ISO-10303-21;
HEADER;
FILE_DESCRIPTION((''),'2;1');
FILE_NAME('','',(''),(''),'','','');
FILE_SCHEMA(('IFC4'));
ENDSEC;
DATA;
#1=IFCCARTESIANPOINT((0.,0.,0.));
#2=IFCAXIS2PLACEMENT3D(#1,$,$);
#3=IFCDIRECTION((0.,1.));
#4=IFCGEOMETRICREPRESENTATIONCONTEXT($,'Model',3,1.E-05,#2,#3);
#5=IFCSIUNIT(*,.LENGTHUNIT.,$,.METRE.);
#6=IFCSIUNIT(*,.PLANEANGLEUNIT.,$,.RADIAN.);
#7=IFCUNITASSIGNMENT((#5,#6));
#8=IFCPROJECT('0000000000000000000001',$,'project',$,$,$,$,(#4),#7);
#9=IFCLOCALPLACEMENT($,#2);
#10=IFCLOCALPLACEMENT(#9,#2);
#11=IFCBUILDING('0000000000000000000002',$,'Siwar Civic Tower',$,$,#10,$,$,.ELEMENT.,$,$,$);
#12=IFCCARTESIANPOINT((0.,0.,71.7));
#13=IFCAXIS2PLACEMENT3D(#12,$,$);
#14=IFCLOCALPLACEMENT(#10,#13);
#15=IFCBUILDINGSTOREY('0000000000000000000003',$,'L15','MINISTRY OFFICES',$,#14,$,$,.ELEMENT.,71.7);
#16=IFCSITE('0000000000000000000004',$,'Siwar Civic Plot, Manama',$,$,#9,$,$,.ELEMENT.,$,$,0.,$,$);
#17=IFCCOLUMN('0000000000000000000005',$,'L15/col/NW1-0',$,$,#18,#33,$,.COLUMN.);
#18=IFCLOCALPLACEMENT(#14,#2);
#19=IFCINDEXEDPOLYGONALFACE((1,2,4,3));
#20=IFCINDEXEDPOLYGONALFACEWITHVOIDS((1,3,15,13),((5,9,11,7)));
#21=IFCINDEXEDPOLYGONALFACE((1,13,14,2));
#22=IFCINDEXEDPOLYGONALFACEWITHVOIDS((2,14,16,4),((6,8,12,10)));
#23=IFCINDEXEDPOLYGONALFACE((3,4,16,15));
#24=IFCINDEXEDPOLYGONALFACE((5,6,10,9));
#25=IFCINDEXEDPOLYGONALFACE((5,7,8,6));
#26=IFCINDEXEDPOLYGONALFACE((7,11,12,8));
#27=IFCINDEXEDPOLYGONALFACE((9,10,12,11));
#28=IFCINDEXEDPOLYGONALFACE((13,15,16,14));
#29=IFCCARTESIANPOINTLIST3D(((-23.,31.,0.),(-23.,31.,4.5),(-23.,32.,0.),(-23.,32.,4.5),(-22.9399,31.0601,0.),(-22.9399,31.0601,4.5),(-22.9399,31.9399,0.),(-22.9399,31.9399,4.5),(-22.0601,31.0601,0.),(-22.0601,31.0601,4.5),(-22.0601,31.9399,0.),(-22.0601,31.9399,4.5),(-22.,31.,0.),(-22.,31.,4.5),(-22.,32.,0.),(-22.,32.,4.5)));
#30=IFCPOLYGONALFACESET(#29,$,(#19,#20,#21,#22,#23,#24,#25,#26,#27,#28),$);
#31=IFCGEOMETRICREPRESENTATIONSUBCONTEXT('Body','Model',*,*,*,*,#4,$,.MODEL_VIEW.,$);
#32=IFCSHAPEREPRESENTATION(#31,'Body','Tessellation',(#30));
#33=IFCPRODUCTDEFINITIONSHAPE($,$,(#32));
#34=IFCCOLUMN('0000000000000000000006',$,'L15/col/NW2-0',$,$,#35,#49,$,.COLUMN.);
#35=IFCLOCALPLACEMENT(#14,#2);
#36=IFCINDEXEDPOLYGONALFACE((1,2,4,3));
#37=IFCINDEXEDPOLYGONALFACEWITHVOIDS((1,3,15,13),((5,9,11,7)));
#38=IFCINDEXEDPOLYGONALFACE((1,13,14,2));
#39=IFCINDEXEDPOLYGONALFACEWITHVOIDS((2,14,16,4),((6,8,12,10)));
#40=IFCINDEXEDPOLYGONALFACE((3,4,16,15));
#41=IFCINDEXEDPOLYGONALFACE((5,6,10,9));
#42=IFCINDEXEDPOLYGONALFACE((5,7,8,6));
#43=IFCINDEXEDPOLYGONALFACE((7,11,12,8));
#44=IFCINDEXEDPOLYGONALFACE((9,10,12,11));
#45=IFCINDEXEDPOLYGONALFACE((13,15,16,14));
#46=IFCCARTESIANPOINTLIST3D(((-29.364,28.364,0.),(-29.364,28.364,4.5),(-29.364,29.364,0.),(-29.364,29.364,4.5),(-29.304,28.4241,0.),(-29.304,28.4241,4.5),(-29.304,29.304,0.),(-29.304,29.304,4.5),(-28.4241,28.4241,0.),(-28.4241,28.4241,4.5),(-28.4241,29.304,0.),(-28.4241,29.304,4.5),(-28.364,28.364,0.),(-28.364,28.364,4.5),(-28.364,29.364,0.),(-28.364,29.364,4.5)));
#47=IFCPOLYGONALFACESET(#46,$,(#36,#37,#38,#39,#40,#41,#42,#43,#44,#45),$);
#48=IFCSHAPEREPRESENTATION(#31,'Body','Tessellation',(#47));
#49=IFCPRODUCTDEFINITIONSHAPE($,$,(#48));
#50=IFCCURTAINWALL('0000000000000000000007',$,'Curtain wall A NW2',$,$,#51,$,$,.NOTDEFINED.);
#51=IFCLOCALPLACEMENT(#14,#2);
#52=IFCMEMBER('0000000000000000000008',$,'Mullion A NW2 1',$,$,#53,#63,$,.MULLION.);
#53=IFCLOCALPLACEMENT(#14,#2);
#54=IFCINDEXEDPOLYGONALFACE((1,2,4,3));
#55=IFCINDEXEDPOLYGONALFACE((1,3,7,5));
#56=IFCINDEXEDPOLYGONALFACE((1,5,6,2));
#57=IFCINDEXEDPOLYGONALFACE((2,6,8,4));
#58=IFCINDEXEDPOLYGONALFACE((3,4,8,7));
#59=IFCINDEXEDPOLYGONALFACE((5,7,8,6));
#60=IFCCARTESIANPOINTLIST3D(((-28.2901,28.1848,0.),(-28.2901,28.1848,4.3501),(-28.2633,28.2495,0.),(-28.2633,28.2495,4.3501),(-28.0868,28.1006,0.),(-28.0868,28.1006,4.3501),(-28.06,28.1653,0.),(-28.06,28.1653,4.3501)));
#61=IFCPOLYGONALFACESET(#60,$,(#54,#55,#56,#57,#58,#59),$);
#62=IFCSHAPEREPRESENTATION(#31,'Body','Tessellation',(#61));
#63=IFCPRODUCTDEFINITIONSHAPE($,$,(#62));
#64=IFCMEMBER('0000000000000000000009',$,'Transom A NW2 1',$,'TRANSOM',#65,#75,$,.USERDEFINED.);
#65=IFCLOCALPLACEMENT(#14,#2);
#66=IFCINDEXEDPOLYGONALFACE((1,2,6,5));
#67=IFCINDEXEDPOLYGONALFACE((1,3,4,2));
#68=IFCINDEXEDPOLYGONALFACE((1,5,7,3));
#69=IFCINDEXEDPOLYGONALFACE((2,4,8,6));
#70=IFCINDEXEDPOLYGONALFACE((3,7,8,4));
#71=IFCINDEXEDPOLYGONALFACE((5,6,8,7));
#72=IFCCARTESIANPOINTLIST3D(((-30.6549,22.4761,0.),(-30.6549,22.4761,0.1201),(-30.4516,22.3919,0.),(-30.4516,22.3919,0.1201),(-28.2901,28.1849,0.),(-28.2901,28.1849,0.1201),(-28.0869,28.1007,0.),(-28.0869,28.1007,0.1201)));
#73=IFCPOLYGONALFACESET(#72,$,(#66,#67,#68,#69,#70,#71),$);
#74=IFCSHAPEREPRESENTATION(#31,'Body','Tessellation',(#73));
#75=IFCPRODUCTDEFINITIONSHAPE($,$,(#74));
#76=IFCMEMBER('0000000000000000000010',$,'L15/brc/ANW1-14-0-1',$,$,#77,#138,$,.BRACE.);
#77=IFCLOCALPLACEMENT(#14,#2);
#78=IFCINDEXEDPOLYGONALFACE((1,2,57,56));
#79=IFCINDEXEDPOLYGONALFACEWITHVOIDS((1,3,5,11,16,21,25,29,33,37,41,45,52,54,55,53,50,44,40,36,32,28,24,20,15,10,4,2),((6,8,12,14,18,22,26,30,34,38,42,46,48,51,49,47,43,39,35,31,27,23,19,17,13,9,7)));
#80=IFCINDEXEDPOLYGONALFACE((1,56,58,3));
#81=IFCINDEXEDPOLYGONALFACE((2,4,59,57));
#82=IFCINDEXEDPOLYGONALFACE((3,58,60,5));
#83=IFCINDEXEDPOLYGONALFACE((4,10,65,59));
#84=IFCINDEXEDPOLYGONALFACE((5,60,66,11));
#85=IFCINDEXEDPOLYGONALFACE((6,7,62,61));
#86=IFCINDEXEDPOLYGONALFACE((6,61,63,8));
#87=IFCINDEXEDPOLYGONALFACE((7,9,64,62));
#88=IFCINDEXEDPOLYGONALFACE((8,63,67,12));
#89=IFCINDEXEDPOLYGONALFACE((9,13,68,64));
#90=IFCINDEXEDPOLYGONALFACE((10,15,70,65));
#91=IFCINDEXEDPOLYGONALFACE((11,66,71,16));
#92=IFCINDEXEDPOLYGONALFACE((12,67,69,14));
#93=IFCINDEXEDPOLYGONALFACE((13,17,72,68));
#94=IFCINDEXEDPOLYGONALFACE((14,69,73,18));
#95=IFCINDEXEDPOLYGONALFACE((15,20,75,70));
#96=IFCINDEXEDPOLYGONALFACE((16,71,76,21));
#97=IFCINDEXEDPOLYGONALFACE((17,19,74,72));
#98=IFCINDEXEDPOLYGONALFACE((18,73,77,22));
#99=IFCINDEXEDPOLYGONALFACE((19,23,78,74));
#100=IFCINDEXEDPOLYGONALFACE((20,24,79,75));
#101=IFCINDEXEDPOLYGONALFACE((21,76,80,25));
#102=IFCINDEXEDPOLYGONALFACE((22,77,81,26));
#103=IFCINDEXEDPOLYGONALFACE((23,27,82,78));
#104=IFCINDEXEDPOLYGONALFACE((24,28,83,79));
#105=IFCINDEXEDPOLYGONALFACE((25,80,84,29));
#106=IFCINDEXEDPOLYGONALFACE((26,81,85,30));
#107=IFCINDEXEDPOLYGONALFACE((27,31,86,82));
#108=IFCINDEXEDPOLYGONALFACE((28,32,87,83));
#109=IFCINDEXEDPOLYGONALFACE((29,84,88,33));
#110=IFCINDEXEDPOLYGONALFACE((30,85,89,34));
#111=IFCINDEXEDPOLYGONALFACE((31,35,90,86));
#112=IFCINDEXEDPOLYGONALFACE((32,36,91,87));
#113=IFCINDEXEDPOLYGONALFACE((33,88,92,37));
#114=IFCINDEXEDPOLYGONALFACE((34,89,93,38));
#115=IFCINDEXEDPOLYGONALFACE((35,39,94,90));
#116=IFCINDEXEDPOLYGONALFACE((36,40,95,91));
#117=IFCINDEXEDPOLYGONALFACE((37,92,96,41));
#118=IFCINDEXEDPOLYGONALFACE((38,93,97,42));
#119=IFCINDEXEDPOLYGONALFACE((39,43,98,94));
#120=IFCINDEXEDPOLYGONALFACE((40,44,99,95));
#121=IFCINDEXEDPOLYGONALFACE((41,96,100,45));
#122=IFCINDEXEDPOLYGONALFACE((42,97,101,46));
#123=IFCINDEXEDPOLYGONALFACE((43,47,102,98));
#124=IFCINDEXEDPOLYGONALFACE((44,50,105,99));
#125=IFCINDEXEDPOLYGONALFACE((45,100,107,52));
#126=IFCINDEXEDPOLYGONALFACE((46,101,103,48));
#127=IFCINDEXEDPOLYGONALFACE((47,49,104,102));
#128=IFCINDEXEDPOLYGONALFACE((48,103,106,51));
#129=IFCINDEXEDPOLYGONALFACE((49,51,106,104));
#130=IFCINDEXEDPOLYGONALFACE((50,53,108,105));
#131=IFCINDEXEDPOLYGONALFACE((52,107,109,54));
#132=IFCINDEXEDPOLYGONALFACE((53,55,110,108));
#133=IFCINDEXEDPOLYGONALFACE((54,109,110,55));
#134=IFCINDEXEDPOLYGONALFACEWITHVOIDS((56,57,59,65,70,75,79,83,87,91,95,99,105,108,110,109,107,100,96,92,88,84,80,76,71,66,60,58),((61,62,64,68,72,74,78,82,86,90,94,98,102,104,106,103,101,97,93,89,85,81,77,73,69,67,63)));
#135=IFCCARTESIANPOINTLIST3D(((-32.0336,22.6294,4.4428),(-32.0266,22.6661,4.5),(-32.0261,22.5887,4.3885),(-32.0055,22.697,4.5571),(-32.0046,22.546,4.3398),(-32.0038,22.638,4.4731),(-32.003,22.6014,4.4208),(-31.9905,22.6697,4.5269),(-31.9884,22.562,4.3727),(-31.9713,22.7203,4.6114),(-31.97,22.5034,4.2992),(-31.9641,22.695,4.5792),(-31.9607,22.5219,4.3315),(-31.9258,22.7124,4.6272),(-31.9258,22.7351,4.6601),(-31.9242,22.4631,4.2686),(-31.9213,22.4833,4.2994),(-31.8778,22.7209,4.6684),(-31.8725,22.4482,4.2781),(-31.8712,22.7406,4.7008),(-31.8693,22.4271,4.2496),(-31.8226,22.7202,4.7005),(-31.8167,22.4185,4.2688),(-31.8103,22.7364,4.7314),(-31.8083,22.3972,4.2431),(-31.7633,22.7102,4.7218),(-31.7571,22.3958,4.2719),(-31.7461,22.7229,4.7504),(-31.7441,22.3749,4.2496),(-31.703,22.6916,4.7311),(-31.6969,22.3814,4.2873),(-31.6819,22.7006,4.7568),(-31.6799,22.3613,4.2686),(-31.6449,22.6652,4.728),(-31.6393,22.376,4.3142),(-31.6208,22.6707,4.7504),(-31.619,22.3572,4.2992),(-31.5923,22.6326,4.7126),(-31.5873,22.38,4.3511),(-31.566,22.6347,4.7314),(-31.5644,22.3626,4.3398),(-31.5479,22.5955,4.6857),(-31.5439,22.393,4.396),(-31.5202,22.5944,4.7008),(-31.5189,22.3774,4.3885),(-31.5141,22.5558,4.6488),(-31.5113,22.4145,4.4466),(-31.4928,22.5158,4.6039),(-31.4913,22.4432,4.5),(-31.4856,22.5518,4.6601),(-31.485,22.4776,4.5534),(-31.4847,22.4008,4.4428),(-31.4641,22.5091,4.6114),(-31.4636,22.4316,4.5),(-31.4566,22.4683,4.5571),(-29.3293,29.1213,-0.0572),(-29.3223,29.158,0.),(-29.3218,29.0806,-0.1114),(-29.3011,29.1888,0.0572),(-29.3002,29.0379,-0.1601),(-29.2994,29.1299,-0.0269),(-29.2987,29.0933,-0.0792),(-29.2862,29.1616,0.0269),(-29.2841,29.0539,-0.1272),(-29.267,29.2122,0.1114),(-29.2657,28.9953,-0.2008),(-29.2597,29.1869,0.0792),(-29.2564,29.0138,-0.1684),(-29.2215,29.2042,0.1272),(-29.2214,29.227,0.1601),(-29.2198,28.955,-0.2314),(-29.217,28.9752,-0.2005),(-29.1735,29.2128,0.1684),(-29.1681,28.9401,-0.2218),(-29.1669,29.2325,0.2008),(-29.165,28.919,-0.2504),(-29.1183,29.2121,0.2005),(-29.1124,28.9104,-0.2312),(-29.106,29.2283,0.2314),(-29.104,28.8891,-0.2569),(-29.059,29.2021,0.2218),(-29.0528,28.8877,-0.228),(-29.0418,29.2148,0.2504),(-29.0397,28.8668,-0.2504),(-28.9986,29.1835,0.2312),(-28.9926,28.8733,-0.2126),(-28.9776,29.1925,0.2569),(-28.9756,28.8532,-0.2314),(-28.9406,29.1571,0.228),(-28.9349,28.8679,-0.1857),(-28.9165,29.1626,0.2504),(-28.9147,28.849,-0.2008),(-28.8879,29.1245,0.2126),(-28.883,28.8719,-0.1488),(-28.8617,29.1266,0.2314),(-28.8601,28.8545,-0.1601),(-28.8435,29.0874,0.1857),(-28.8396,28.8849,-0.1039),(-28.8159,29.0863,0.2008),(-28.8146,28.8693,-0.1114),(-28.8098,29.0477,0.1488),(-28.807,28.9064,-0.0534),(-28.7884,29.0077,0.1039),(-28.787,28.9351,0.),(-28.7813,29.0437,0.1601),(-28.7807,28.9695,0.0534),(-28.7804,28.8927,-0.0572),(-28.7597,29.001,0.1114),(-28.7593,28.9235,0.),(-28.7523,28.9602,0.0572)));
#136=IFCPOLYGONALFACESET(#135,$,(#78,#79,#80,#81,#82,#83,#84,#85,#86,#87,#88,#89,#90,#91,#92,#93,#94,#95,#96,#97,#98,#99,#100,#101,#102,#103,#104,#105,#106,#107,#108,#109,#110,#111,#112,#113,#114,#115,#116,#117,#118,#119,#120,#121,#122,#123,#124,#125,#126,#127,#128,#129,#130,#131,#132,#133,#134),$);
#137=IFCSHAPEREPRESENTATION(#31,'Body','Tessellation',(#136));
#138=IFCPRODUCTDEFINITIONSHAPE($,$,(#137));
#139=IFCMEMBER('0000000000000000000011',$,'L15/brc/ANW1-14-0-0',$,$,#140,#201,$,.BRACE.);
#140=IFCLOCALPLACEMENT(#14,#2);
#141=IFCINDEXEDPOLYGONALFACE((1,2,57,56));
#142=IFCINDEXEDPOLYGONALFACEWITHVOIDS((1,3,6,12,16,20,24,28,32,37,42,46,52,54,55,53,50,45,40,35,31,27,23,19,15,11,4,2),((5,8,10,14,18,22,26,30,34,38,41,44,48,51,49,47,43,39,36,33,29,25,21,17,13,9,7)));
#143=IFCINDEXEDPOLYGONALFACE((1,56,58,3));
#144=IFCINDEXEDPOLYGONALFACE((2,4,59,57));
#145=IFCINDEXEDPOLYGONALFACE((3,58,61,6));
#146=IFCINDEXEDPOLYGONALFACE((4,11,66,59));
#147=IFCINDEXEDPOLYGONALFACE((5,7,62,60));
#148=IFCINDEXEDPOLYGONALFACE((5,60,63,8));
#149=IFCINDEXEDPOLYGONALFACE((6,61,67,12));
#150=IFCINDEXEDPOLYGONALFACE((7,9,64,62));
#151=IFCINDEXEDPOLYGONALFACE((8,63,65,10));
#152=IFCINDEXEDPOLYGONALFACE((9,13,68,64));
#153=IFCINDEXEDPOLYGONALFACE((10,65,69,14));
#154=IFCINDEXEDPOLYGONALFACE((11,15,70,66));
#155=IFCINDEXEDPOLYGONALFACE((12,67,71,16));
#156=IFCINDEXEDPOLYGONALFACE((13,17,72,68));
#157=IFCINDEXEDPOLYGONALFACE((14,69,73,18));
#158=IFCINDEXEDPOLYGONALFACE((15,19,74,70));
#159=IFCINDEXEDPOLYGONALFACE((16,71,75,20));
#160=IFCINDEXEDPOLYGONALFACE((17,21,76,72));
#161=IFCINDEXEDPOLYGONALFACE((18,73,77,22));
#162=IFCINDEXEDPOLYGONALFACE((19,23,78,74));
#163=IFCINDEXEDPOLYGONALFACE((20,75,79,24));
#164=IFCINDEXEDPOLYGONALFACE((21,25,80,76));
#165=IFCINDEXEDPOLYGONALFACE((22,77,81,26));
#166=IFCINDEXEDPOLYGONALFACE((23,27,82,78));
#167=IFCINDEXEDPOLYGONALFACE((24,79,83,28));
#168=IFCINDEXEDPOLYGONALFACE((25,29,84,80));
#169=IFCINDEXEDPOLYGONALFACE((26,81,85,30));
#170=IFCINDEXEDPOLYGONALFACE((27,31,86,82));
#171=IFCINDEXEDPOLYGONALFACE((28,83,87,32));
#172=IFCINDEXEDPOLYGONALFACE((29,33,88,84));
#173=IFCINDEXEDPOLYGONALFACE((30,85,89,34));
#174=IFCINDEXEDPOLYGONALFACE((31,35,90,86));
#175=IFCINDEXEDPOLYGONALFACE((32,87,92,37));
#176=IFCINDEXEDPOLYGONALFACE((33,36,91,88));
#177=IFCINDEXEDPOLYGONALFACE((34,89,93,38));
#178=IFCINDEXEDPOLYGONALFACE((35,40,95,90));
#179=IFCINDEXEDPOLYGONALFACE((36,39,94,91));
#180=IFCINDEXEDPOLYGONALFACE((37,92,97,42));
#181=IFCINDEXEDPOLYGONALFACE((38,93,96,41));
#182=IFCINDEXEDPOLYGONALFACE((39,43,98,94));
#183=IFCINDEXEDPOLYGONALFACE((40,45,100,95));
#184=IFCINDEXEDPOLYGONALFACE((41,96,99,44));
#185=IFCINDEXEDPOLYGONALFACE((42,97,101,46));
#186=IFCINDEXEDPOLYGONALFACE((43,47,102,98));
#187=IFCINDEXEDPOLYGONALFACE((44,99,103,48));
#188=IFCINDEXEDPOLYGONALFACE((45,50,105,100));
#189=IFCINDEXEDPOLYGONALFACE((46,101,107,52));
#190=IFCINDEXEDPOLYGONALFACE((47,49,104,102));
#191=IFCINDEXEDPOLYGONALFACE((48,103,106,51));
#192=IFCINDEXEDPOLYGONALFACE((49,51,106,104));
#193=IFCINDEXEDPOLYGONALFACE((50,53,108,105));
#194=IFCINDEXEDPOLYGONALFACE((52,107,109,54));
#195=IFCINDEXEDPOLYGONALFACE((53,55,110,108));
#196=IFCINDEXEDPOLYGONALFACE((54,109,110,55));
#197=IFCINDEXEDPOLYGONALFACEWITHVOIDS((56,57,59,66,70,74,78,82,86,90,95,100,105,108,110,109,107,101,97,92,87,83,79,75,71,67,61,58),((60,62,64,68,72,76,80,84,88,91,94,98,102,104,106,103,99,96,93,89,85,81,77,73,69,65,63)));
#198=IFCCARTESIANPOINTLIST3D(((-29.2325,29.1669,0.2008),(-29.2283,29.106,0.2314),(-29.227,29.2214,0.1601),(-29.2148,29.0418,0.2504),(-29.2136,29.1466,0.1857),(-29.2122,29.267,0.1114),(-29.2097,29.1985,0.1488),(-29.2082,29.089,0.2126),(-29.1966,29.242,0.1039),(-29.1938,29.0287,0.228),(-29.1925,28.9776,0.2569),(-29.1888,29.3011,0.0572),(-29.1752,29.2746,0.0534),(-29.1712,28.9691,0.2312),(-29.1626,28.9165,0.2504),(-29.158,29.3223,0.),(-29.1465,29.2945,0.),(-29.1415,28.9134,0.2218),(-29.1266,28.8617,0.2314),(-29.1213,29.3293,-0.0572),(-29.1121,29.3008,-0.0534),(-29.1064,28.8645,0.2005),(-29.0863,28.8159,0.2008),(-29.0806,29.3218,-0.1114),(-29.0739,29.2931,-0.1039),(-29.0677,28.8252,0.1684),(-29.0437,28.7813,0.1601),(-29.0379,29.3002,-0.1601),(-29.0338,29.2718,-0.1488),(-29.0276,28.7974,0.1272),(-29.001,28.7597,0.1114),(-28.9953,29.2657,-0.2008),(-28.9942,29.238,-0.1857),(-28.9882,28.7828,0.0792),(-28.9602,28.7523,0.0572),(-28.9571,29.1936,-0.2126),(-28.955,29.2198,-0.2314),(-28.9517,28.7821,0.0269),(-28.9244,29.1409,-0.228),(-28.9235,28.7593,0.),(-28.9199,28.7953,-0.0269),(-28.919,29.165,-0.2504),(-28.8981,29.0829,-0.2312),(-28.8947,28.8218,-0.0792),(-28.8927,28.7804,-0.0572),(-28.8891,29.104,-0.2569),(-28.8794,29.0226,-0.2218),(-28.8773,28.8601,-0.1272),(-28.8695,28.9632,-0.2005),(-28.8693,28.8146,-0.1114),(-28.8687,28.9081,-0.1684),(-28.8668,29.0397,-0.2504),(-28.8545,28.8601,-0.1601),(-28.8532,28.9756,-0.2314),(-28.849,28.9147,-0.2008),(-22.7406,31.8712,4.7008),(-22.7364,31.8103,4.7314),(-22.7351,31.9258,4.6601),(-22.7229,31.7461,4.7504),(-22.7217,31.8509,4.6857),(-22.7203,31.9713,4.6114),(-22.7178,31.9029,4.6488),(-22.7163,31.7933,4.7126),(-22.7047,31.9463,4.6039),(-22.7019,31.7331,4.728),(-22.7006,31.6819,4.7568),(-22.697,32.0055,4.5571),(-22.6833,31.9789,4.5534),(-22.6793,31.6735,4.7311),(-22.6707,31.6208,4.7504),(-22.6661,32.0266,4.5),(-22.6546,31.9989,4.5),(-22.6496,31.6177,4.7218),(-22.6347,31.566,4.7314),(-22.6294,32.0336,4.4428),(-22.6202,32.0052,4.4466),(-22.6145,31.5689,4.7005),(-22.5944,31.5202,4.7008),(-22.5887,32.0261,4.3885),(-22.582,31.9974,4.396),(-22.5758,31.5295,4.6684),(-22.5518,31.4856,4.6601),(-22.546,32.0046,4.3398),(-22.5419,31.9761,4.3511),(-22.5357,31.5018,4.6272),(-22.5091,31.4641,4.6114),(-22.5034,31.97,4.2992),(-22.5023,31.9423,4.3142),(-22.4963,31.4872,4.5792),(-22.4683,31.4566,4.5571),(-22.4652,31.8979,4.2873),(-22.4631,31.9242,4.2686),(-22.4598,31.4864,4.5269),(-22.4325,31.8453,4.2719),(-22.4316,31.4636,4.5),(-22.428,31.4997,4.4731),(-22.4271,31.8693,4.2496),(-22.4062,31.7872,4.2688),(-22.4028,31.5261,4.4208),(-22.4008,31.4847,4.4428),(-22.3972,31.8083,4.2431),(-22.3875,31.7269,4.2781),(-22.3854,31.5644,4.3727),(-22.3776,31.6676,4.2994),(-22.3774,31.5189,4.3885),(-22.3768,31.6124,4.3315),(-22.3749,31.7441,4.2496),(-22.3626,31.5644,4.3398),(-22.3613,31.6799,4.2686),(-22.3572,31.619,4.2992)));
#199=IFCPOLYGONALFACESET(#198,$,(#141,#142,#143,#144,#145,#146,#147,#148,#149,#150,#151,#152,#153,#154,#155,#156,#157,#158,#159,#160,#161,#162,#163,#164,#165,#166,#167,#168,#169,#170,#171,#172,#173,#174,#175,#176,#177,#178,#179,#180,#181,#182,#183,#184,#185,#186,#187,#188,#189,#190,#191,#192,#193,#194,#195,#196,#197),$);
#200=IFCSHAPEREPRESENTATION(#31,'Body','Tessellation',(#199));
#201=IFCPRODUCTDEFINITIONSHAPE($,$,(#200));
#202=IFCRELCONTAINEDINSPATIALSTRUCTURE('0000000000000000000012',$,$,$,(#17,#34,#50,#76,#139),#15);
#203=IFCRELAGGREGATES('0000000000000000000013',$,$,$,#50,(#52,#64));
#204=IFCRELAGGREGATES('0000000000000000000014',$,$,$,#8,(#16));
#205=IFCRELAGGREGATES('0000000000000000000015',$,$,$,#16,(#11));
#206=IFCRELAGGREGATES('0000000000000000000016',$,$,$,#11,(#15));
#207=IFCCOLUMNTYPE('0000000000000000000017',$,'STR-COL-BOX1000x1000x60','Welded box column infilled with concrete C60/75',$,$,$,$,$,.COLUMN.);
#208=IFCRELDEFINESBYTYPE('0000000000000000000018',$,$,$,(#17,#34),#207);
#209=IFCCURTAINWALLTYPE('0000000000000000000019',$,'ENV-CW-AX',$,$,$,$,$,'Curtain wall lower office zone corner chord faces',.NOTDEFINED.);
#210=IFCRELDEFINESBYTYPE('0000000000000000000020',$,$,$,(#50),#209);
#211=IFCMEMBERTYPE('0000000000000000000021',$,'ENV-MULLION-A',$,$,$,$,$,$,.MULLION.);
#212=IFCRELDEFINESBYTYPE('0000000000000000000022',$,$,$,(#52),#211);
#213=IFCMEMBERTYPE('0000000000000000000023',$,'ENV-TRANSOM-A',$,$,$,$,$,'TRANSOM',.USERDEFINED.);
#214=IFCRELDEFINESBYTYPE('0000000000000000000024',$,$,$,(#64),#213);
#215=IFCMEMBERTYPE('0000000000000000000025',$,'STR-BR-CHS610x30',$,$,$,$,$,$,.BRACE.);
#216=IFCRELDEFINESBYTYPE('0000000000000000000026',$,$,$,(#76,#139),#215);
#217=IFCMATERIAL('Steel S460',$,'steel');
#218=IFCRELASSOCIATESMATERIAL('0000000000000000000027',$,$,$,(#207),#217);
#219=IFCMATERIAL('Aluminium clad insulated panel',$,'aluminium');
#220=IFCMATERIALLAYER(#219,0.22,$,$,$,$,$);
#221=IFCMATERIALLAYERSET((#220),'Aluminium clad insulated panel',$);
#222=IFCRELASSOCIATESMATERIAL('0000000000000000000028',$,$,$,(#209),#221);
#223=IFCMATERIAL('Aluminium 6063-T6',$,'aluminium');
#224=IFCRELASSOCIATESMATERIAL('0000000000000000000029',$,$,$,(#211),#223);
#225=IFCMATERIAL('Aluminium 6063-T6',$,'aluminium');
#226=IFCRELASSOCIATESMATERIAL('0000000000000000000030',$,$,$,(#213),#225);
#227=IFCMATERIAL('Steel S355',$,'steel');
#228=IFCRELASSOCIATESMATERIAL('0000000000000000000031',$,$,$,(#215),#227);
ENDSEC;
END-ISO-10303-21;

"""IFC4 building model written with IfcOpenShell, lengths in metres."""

from ifc_helpers import new_model, si_unit, direction, frame, origin, origin_2d, place, context, subcontext, project, spatial, rectangle, hollow_rectangle, hollow_circle, extrude, material, layer, layer_set, material_profile, profile_set, type_object, element, aggregate, save


model = new_model("IFC4")

# Units and contexts
model_context = context("Model", 3, precision=1e-05, world=origin(), true_north=direction((0.0, 1.0)))
body_context = subcontext(model_context, "Body", "Model", "MODEL_VIEW")
ifc_project = project(units=[si_unit("LENGTHUNIT", "METRE"), si_unit("PLANEANGLEUNIT", "RADIAN")], contexts=[model_context])

# Site, building, storey
site_placement = place(None, origin())
site = spatial("IfcSite", under=ifc_project, at=site_placement, Name="Siwar Civic Plot, Manama", CompositionType="ELEMENT", RefElevation=0.0)
building_placement = place(site_placement, origin())
building = spatial("IfcBuilding", under=site, at=building_placement, Name="Siwar Civic Tower", CompositionType="ELEMENT")
storey_placement = place(building_placement, frame((0.0, 0.0, 71.7)))
storey = spatial("IfcBuildingStorey", under=building, at=storey_placement, Name="L15", Description="MINISTRY OFFICES", CompositionType="ELEMENT", Elevation=71.7)

# Columns
ifc_material_1 = material(Name="Steel S460", Category="steel")
ifc_material_profile_1 = material_profile(ifc_material_1, hollow_rectangle(XDim=1.0, YDim=1.0, WallThickness=0.0601, at=origin_2d()), Name="BOX1000x1000x60")
ifc_profile_set_1 = profile_set([ifc_material_profile_1], Name="Steel S460")
column_type = type_object("IfcColumnType", Name="STR-COL-BOX1000x1000x60", Description="Welded box column infilled with concrete C60/75", PredefinedType="COLUMN", material=ifc_profile_set_1)
for number, where, z_axis, x_axis, name in (
    (1, (-22.5, 31.5, 0.0), (0.0, 0.0, 1.0), (1.0, 0.0, 0.0), "L15/col/NW1-0"),
    (2, (-28.864, 28.864, 0.0), (0.0, 0.0, 1.0), (1.0, 0.0, 0.0), "L15/col/NW2-0"),
):
    element("IfcColumn", number, at=place(storey_placement, frame(where, z_axis=z_axis, x_axis=x_axis)), inside=storey, type_object=column_type, Name=name, PredefinedType="COLUMN", context=body_context, shape_type="SweptSolid", body=[
        extrude(hollow_rectangle(XDim=1.0, YDim=1.0, WallThickness=0.0601, at=origin_2d()), origin(), (0.0, 0.0, 1.0), 4.5),
    ])

# Curtain wall, members
ifc_material_2 = material(Name="Aluminium clad insulated panel", Category="aluminium")
ifc_layer_1 = layer(ifc_material_2, 0.22)
ifc_layer_set_1 = layer_set([ifc_layer_1], Name="Aluminium clad insulated panel")
curtain_wall_type = type_object("IfcCurtainWallType", Name="ENV-CW-AX", ElementType="Curtain wall lower office zone corner chord faces", PredefinedType="NOTDEFINED", material=ifc_layer_set_1)
curtain_wall_1_placement = place(storey_placement, origin())
curtain_wall_1 = element("IfcCurtainWall", 3, at=curtain_wall_1_placement, inside=storey, type_object=curtain_wall_type, Name="Curtain wall A NW2", PredefinedType="NOTDEFINED")
ifc_material_3 = material(Name="Aluminium 6063-T6", Category="aluminium")
ifc_material_profile_2 = material_profile(ifc_material_3, rectangle(XDim=0.22, YDim=0.0701, at=origin_2d()), Name="AL 220x70")
ifc_profile_set_2 = profile_set([ifc_material_profile_2], Name="Aluminium 6063-T6")
member_type_1 = type_object("IfcMemberType", Name="ENV-MULLION-A", PredefinedType="MULLION", material=ifc_profile_set_2)
member_1_placement = place(storey_placement, frame((-28.175, 28.175, 0.0), z_axis=(0.0, 0.0, 1.0), x_axis=(0.92388, -0.382683, 0.0)))
member_1 = element("IfcMember", 4, at=member_1_placement, type_object=member_type_1, Name="Mullion A NW2 1", PredefinedType="MULLION", context=body_context, shape_type="SweptSolid", body=[
    extrude(rectangle(XDim=0.22, YDim=0.0701, at=origin_2d()), origin(), (0.0, 0.0, 1.0), 4.3501),
])
ifc_material_4 = material(Name="Aluminium 6063-T6", Category="aluminium")
ifc_material_profile_3 = material_profile(ifc_material_4, rectangle(XDim=0.22, YDim=0.1201, at=origin_2d()), Name="AL 220x120")
ifc_profile_set_3 = profile_set([ifc_material_profile_3], Name="Aluminium 6063-T6")
member_type_2 = type_object("IfcMemberType", Name="ENV-TRANSOM-A", ElementType="TRANSOM", PredefinedType="USERDEFINED", material=ifc_profile_set_3)
member_2_placement = place(storey_placement, frame((-28.1885, 28.1428, 0.0601), z_axis=(-0.382698, -0.923873, 0.0), x_axis=(0.923873, -0.382698, 0.0)))
member_2 = element("IfcMember", 5, at=member_2_placement, type_object=member_type_2, Name="Transom A NW2 1", ObjectType="TRANSOM", PredefinedType="USERDEFINED", context=body_context, shape_type="SweptSolid", body=[
    extrude(rectangle(XDim=0.22, YDim=0.1201, at=origin_2d()), origin(), (0.0, 0.0, 1.0), 6.1792),
])
aggregate(curtain_wall_1, [member_1, member_2])

# Members
ifc_material_5 = material(Name="Steel S355", Category="steel")
ifc_material_profile_4 = material_profile(ifc_material_5, hollow_circle(Radius=0.3049, WallThickness=0.03, at=origin_2d()), Name="CHS610x30")
ifc_profile_set_4 = profile_set([ifc_material_profile_4], Name="Steel S355")
member_type_3 = type_object("IfcMemberType", Name="STR-BR-CHS610x30", PredefinedType="BRACE", material=ifc_profile_set_4)
for number, where, z_axis, x_axis, name in (
    (6, (-29.0408, 29.0408, 0.0), (-0.323906, -0.777555, 0.538975), (0.923109, -0.384539, 0.0), "L15/brc/ANW1-14-0-1"),
    (7, (-29.0408, 29.0408, 0.0), (0.777555, 0.323906, 0.538975), (-0.384539, 0.923109, 0.0), "L15/brc/ANW1-14-0-0"),
):
    element("IfcMember", number, at=place(storey_placement, frame(where, z_axis=z_axis, x_axis=x_axis)), inside=storey, type_object=member_type_3, Name=name, PredefinedType="BRACE", context=body_context, shape_type="SweptSolid", body=[
        extrude(hollow_circle(Radius=0.3049, WallThickness=0.03, at=origin_2d()), origin(), (0.0, 0.0, 1.0), 8.3491),
    ])

save(model, "model.ifc")
